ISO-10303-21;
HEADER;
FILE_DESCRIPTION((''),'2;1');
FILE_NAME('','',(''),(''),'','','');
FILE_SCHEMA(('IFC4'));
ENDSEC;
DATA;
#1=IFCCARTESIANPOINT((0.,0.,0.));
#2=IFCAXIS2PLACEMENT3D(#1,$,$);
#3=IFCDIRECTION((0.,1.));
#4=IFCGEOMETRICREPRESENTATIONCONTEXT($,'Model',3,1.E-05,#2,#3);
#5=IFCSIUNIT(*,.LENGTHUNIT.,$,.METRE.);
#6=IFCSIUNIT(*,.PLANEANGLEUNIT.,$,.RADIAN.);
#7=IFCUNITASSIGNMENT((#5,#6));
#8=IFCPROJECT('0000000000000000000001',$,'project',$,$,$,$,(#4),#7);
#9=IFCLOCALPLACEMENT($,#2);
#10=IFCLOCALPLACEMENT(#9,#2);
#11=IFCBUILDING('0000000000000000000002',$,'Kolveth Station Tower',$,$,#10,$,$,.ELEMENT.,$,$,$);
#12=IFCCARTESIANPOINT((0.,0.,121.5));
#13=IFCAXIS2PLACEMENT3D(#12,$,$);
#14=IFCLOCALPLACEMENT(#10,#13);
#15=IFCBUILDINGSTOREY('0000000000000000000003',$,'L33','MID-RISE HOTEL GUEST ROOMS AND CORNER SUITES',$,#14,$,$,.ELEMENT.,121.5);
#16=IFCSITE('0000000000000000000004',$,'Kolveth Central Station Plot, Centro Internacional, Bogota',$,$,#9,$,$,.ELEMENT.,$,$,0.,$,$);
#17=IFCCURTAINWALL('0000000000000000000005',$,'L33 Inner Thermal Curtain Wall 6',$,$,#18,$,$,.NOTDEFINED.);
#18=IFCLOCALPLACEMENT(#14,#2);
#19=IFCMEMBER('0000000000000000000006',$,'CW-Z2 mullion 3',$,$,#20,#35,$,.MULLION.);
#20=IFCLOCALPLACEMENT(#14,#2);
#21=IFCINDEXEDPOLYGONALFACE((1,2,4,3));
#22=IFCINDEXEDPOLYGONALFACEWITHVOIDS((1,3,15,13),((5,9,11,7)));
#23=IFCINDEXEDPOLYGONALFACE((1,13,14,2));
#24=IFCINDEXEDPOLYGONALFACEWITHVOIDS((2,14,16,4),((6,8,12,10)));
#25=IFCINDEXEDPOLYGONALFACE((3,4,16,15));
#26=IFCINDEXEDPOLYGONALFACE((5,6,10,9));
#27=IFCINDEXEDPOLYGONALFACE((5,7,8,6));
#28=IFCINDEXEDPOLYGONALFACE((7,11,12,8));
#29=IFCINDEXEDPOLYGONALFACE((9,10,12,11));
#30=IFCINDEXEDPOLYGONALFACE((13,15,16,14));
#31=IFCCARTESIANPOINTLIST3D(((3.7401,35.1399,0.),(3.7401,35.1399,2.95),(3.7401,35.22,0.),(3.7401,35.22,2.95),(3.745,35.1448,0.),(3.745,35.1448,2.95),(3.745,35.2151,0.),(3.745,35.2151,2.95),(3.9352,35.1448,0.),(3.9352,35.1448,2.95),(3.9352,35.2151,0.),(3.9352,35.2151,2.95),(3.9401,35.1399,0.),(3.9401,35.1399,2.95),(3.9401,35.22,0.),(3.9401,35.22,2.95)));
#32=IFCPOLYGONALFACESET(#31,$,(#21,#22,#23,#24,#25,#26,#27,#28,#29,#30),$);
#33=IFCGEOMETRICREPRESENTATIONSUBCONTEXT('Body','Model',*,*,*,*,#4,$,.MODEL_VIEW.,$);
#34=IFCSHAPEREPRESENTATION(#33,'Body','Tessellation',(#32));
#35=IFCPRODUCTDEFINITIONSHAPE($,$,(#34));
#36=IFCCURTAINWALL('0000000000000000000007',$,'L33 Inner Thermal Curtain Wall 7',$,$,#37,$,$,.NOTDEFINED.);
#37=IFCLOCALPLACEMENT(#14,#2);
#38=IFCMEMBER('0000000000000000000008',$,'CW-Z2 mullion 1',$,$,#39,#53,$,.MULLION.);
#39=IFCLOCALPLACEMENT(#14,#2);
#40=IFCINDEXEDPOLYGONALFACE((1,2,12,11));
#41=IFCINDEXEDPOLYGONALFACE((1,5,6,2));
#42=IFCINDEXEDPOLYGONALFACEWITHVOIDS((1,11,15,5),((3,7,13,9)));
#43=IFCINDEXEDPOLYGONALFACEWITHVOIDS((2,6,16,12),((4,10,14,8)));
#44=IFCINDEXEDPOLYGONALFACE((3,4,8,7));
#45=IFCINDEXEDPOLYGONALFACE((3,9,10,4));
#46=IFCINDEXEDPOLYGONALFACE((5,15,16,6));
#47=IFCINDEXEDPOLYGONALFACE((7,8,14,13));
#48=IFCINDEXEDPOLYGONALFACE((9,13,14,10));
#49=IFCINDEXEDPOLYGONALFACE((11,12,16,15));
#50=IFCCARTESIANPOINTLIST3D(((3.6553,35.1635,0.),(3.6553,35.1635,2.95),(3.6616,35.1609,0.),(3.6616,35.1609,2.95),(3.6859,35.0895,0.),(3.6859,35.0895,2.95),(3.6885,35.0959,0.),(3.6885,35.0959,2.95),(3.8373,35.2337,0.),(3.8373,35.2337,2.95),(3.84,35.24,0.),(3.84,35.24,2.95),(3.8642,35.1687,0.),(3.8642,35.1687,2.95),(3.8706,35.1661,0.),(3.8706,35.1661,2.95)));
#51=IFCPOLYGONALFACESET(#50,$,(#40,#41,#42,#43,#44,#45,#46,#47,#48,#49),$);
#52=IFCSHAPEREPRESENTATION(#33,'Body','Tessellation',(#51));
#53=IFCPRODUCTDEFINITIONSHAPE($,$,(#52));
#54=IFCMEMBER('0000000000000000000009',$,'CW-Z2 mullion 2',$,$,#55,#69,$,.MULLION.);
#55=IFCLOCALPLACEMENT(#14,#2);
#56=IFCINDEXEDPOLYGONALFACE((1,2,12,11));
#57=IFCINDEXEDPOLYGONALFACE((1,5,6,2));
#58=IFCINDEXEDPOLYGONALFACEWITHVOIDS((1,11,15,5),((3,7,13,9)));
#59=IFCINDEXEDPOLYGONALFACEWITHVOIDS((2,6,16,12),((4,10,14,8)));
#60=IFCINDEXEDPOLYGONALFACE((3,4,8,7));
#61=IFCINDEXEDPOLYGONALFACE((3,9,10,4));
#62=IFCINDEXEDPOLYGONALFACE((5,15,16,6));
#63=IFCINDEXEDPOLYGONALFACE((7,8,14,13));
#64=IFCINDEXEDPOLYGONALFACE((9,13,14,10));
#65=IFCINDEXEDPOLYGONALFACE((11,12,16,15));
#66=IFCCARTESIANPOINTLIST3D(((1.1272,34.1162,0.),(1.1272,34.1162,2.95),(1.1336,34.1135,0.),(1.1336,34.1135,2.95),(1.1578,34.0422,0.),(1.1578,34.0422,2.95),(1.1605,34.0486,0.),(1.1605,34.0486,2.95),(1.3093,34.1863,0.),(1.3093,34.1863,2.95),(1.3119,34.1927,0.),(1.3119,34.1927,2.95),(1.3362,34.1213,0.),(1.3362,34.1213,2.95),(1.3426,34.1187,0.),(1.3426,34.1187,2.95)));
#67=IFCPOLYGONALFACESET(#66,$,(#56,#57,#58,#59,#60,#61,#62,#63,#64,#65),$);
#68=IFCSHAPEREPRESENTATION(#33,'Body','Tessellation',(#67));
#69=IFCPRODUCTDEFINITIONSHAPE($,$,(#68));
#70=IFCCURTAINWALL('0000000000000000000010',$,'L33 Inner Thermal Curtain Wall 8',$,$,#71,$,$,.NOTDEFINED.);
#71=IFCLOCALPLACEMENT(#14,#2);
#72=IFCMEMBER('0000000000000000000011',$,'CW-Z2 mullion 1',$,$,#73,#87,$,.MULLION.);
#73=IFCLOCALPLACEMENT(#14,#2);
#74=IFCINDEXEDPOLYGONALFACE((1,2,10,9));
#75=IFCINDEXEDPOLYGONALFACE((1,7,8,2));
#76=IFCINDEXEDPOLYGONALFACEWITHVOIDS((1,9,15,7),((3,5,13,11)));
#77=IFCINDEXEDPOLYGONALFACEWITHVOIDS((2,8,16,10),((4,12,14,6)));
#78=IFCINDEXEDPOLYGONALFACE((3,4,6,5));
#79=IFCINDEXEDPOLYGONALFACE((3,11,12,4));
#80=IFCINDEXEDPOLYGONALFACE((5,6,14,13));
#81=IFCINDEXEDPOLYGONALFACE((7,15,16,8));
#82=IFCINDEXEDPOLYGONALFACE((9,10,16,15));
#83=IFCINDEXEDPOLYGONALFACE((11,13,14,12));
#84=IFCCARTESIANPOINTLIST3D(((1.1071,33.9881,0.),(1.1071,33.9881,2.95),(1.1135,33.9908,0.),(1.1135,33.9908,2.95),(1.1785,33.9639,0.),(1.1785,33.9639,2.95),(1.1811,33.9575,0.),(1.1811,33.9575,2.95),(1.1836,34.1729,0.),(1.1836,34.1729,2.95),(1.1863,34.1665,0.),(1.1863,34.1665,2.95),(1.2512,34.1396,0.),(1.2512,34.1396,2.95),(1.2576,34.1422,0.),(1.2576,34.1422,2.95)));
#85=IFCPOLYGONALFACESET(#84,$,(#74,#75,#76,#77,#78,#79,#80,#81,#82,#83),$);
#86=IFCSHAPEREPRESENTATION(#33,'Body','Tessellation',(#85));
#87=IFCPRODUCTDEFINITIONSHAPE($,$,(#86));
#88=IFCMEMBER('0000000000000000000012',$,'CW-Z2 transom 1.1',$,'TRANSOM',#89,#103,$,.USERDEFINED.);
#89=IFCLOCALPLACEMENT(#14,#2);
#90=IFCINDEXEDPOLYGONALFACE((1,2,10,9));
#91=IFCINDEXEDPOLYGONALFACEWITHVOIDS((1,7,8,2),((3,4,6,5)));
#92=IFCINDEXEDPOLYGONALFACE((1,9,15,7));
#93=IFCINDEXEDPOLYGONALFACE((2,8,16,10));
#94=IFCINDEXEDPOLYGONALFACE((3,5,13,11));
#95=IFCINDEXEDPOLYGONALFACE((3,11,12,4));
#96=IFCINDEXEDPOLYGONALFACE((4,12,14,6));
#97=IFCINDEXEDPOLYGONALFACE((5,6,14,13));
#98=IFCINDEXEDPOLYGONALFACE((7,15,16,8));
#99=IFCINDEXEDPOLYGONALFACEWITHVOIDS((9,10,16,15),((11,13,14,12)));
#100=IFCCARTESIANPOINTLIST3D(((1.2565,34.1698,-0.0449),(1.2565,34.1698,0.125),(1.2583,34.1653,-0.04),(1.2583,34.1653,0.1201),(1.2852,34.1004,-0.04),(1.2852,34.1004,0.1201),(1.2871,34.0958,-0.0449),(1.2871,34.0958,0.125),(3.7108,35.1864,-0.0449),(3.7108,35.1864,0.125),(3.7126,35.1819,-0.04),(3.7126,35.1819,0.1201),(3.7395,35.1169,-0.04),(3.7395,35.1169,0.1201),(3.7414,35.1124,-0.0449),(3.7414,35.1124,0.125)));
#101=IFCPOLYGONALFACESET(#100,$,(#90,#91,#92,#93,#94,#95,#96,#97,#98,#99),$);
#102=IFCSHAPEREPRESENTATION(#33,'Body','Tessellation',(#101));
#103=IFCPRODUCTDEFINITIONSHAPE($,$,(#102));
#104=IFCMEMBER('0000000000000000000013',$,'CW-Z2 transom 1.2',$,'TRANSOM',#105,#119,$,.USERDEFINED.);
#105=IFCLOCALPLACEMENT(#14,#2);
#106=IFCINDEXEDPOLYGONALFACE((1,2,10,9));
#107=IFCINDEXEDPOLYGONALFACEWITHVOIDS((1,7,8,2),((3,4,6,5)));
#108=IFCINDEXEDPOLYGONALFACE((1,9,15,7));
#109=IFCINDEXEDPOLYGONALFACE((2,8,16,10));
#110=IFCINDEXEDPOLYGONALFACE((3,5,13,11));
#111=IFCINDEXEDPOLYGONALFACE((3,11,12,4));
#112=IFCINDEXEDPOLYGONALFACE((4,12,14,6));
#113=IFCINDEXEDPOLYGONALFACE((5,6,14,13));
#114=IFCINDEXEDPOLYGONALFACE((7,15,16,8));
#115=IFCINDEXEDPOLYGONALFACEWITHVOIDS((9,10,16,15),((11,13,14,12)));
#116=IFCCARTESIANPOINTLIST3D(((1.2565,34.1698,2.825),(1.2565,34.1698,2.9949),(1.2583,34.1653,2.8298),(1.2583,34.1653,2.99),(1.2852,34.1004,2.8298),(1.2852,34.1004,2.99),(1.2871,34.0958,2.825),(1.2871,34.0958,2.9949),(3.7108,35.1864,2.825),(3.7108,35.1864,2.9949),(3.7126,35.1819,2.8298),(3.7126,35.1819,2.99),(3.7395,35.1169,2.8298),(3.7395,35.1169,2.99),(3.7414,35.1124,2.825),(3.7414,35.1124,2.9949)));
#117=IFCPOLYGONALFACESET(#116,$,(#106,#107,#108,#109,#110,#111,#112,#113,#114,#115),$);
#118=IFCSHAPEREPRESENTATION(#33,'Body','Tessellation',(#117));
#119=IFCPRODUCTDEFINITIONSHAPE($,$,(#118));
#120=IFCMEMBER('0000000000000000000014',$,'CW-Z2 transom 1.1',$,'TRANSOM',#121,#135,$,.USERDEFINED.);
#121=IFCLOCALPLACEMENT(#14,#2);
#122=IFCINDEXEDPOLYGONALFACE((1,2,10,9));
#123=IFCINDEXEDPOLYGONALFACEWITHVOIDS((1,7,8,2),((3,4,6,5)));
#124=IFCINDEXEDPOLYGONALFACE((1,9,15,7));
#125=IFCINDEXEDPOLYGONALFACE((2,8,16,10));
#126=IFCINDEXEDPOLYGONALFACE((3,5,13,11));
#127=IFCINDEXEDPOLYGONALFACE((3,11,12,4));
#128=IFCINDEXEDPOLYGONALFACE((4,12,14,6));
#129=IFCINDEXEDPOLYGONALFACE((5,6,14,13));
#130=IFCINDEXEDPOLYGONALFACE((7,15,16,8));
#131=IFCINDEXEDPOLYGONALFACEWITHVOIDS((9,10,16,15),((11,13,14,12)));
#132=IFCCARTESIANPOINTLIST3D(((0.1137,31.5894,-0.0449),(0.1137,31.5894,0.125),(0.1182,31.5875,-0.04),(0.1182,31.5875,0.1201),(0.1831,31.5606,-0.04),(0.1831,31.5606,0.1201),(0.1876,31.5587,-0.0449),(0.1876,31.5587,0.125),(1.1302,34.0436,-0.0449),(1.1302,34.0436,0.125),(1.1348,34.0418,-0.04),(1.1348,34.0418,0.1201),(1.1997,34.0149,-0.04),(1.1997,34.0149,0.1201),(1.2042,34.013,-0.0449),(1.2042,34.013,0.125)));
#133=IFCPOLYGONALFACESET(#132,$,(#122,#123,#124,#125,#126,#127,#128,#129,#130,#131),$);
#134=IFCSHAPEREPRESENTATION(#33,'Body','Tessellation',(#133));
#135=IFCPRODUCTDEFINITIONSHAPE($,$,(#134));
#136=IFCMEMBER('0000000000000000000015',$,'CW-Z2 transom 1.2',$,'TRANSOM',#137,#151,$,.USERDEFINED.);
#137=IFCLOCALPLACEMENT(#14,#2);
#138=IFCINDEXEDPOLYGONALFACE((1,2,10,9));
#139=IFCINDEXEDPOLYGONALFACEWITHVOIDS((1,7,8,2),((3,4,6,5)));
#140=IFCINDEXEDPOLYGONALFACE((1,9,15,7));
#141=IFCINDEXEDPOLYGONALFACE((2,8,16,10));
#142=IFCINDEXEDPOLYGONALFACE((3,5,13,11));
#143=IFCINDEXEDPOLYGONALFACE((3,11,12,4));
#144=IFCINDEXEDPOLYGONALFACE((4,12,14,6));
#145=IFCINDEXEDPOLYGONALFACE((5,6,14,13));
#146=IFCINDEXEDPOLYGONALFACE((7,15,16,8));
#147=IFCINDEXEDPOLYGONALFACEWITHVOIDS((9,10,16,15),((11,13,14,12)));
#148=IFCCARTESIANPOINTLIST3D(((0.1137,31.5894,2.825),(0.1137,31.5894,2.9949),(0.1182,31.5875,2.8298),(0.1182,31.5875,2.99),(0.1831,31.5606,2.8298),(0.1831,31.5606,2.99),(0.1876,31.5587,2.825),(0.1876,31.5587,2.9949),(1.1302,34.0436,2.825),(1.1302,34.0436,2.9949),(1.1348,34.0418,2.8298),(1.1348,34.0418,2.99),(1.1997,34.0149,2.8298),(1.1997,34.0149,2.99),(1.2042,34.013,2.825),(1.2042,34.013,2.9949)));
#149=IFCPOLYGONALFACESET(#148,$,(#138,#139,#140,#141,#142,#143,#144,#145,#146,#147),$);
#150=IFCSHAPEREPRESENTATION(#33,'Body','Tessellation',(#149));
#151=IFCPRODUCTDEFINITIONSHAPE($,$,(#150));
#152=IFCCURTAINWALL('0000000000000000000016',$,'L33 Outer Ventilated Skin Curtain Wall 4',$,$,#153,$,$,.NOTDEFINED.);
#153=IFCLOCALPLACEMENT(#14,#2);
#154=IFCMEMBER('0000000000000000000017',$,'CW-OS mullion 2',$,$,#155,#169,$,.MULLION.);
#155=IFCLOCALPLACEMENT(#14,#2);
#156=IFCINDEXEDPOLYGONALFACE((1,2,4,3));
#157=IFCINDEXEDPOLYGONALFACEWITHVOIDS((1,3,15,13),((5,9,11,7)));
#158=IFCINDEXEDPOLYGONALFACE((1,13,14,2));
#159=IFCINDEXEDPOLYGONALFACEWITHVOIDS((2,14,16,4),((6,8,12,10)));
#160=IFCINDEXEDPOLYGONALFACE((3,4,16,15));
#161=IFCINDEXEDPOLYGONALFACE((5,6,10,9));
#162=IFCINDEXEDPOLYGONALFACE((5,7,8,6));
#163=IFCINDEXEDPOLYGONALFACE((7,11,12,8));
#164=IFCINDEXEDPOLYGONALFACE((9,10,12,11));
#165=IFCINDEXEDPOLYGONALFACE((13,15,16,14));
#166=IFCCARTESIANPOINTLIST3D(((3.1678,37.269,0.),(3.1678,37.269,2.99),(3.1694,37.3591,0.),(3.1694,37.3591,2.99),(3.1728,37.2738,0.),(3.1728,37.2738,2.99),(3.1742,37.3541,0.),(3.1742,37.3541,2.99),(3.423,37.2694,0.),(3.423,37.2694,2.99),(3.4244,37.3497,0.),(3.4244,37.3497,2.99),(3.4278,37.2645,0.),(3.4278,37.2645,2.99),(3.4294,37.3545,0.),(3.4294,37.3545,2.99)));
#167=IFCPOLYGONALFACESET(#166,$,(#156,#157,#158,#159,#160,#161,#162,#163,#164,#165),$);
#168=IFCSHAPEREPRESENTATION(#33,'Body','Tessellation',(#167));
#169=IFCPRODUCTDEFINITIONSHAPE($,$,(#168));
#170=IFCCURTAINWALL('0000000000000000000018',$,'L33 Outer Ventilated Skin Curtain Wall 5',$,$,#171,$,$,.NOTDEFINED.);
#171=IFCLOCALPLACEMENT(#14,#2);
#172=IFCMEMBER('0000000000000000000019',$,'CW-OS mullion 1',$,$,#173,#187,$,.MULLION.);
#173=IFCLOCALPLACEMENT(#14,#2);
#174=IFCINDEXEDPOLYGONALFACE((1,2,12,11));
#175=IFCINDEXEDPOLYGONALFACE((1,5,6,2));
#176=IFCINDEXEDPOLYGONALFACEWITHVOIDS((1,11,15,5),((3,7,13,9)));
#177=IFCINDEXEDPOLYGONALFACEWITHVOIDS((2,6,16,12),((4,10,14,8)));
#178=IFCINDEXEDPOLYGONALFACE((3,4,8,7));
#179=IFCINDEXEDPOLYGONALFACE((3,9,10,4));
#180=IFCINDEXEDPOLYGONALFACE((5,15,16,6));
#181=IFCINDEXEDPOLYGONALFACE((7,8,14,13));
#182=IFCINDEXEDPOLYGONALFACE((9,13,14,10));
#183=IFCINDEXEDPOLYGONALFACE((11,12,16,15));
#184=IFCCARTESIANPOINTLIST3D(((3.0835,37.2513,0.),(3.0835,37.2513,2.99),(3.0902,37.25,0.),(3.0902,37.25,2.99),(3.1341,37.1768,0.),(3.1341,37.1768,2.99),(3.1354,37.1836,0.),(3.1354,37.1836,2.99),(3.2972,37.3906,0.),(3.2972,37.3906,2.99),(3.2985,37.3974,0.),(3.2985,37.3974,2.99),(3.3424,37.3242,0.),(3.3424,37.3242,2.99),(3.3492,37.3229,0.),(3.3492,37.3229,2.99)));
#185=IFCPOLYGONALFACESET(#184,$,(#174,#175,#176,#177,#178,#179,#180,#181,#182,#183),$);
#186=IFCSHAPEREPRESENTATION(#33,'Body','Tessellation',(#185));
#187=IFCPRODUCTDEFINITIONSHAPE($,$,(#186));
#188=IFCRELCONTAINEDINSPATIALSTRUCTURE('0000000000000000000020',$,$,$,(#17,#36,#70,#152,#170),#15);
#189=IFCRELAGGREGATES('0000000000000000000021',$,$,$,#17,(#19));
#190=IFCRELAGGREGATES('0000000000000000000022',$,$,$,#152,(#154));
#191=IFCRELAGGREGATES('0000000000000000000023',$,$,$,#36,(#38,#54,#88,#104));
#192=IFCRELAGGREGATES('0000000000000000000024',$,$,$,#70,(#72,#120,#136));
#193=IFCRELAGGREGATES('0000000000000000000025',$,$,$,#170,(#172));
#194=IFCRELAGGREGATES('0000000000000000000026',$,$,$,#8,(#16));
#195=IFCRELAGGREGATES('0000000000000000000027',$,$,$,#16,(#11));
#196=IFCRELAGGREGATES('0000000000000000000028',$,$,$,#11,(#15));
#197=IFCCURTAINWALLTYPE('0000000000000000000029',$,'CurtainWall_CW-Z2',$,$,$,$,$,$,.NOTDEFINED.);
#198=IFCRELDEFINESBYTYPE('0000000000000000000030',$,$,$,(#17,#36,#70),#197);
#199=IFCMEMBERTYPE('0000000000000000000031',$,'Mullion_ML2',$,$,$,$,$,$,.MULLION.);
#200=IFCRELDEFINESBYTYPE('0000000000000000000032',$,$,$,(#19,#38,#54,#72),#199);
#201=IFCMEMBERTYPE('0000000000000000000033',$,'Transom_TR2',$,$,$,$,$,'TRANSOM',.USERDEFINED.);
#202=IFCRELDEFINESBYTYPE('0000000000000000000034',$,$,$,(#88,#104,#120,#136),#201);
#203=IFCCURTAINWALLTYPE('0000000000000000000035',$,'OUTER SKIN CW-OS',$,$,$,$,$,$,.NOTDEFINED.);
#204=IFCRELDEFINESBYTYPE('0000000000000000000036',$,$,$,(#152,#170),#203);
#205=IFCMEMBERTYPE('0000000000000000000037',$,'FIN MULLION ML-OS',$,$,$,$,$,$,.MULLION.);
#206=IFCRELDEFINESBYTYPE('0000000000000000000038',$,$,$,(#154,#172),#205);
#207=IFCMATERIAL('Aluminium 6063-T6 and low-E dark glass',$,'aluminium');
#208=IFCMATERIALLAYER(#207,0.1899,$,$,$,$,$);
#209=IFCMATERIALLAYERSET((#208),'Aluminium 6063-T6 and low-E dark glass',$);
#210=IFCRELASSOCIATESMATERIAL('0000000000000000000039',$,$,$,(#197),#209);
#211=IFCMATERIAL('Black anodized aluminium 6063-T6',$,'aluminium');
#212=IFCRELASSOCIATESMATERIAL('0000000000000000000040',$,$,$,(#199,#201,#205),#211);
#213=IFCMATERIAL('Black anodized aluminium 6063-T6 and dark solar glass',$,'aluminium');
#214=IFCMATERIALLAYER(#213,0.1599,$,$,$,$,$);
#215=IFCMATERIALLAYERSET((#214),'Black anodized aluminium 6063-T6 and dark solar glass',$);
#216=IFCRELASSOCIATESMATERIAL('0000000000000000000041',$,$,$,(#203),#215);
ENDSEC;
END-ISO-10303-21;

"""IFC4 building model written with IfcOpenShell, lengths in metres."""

from ifc_helpers import new_model, si_unit, direction, frame, origin, origin_2d, place, context, subcontext, project, spatial, hollow_rectangle, extrude, source, transform, mapped, material, layer, layer_set, material_profile, profile_set, type_object, element, aggregate, save


model = new_model("IFC4")

# Units and contexts
model_context = context("Model", 3, precision=1e-05, world=origin(), true_north=direction((0.0, 1.0)))
body_context = subcontext(model_context, "Body", "Model", "MODEL_VIEW")
ifc_project = project(units=[si_unit("LENGTHUNIT", "METRE"), si_unit("PLANEANGLEUNIT", "RADIAN")], contexts=[model_context])

# Site, building, storey
site_placement = place(None, origin())
site = spatial("IfcSite", under=ifc_project, at=site_placement, Name="Kolveth Central Station Plot, Centro Internacional, Bogota", CompositionType="ELEMENT", RefElevation=0.0)
building_placement = place(site_placement, origin())
building = spatial("IfcBuilding", under=site, at=building_placement, Name="Kolveth Station Tower", CompositionType="ELEMENT")
storey_placement = place(building_placement, frame((0.0, 0.0, 121.5)))
storey = spatial("IfcBuildingStorey", under=building, at=storey_placement, Name="L33", Description="MID-RISE HOTEL GUEST ROOMS AND CORNER SUITES", CompositionType="ELEMENT", Elevation=121.5)

# Curtain wall, member
ifc_material_1 = material(Name="Aluminium 6063-T6 and low-E dark glass", Category="aluminium")
ifc_layer_1 = layer(ifc_material_1, 0.1899)
ifc_layer_set_1 = layer_set([ifc_layer_1], Name="Aluminium 6063-T6 and low-E dark glass")
curtain_wall_type_1 = type_object("IfcCurtainWallType", Name="CurtainWall_CW-Z2", PredefinedType="NOTDEFINED", material=ifc_layer_set_1)
curtain_wall_1_placement = place(storey_placement, origin())
curtain_wall_1 = element("IfcCurtainWall", 1, at=curtain_wall_1_placement, inside=storey, type_object=curtain_wall_type_1, Name="L33 Inner Thermal Curtain Wall 6", PredefinedType="NOTDEFINED")
ifc_material_2 = material(Name="Black anodized aluminium 6063-T6", Category="aluminium")
ifc_material_profile_1 = material_profile(ifc_material_2, hollow_rectangle(XDim=0.0801, YDim=0.2, WallThickness=0.0049, at=origin_2d()), Name="ALU-80x200x5")
ifc_profile_set_1 = profile_set([ifc_material_profile_1], Name="Black anodized aluminium 6063-T6")
member_type_1 = type_object("IfcMemberType", Name="Mullion_ML2", PredefinedType="MULLION", material=ifc_profile_set_1)
shared_shape_1 = source(origin(), body_context, "Body", "SweptSolid", [
    extrude(hollow_rectangle(XDim=0.0801, YDim=0.2, WallThickness=0.0049, at=origin_2d()), origin(), (0.0, 0.0, 1.0), 2.95),
])
member_1_placement = place(storey_placement, frame((3.8401, 35.1799, 0.0), z_axis=(0.0, 0.0, 1.0), x_axis=(0.0, -1.0, 0.0)))
member_1 = element("IfcMember", 2, at=member_1_placement, type_object=member_type_1, Name="CW-Z2 mullion 3", PredefinedType="MULLION", context=body_context, shape_type="MappedRepresentation", body=[
    mapped(shared_shape_1, transform((0.0, 0.0, 0.0), x_axis=(1.0, 0.0, 0.0), y_axis=(0.0, 1.0, 0.0), z_axis=(0.0, 0.0, 1.0), scale=1.0)),
])
aggregate(curtain_wall_1, [member_1])

# Curtain wall, members
curtain_wall_2_placement = place(storey_placement, origin())
curtain_wall_2 = element("IfcCurtainWall", 3, at=curtain_wall_2_placement, inside=storey, type_object=curtain_wall_type_1, Name="L33 Inner Thermal Curtain Wall 7", PredefinedType="NOTDEFINED")
member_2_placement = place(storey_placement, frame((3.7629, 35.1648, 0.0), z_axis=(0.0, 0.0, 1.0), x_axis=(0.382663, -0.923888, 0.0)))
member_2 = element("IfcMember", 4, at=member_2_placement, type_object=member_type_1, Name="CW-Z2 mullion 1", PredefinedType="MULLION", context=body_context, shape_type="MappedRepresentation", body=[
    mapped(shared_shape_1, transform((0.0, 0.0, 0.0), x_axis=(1.0, 0.0, 0.0), y_axis=(0.0, 1.0, 0.0), z_axis=(0.0, 0.0, 1.0), scale=1.0)),
])
member_3_placement = place(storey_placement, frame((1.2349, 34.1174, 0.0), z_axis=(0.0, 0.0, 1.0), x_axis=(0.382663, -0.923888, 0.0)))
member_3 = element("IfcMember", 5, at=member_3_placement, type_object=member_type_1, Name="CW-Z2 mullion 2", PredefinedType="MULLION", context=body_context, shape_type="MappedRepresentation", body=[
    mapped(shared_shape_1, transform((0.0, 0.0, 0.0), x_axis=(1.0, 0.0, 0.0), y_axis=(0.0, 1.0, 0.0), z_axis=(0.0, 0.0, 1.0), scale=1.0)),
])

# Curtain wall, member
curtain_wall_3_placement = place(storey_placement, origin())
curtain_wall_3 = element("IfcCurtainWall", 6, at=curtain_wall_3_placement, inside=storey, type_object=curtain_wall_type_1, Name="L33 Inner Thermal Curtain Wall 8", PredefinedType="NOTDEFINED")
member_4_placement = place(storey_placement, frame((1.1824, 34.0652, 0.0), z_axis=(0.0, 0.0, 1.0), x_axis=(0.923888, -0.382663, 0.0)))
member_4 = element("IfcMember", 7, at=member_4_placement, type_object=member_type_1, Name="CW-Z2 mullion 1", PredefinedType="MULLION", context=body_context, shape_type="MappedRepresentation", body=[
    mapped(shared_shape_1, transform((0.0, 0.0, 0.0), x_axis=(1.0, 0.0, 0.0), y_axis=(0.0, 1.0, 0.0), z_axis=(0.0, 0.0, 1.0), scale=1.0)),
])

# Members
ifc_material_profile_2 = material_profile(ifc_material_2, hollow_rectangle(XDim=0.0801, YDim=0.1699, WallThickness=0.0049, at=origin_2d()), Name="ALU-80x170x5")
ifc_profile_set_2 = profile_set([ifc_material_profile_2], Name="Black anodized aluminium 6063-T6")
member_type_2 = type_object("IfcMemberType", Name="Transom_TR2", ElementType="TRANSOM", PredefinedType="USERDEFINED", material=ifc_profile_set_2)
shared_shape_2 = source(origin(), body_context, "Body", "SweptSolid", [
    extrude(hollow_rectangle(XDim=0.0801, YDim=0.1699, WallThickness=0.0049, at=origin_2d()), origin(), (0.0, 0.0, 1.0), 2.6565),
])
member_5_placement = place(storey_placement, frame((3.7261, 35.1494, 0.04), z_axis=(-0.923882, -0.382676, 0.0), x_axis=(0.382676, -0.923882, 0.0)))
member_5 = element("IfcMember", 8, at=member_5_placement, type_object=member_type_2, Name="CW-Z2 transom 1.1", ObjectType="TRANSOM", PredefinedType="USERDEFINED", context=body_context, shape_type="MappedRepresentation", body=[
    mapped(shared_shape_2, transform((0.0, 0.0, 0.0), x_axis=(1.0, 0.0, 0.0), y_axis=(0.0, 1.0, 0.0), z_axis=(0.0, 0.0, 1.0), scale=1.0)),
])
member_6_placement = place(storey_placement, frame((3.7261, 35.1494, 2.9099), z_axis=(-0.923882, -0.382676, 0.0), x_axis=(0.382676, -0.923882, 0.0)))
member_6 = element("IfcMember", 9, at=member_6_placement, type_object=member_type_2, Name="CW-Z2 transom 1.2", ObjectType="TRANSOM", PredefinedType="USERDEFINED", context=body_context, shape_type="MappedRepresentation", body=[
    mapped(shared_shape_2, transform((0.0, 0.0, 0.0), x_axis=(1.0, 0.0, 0.0), y_axis=(0.0, 1.0, 0.0), z_axis=(0.0, 0.0, 1.0), scale=1.0)),
])
member_7_placement = place(storey_placement, frame((1.1672, 34.0283, 0.04), z_axis=(-0.382676, -0.923882, 0.0), x_axis=(0.923882, -0.382676, 0.0)))
member_7 = element("IfcMember", 10, at=member_7_placement, type_object=member_type_2, Name="CW-Z2 transom 1.1", ObjectType="TRANSOM", PredefinedType="USERDEFINED", context=body_context, shape_type="MappedRepresentation", body=[
    mapped(shared_shape_2, transform((0.0, 0.0, 0.0), x_axis=(1.0, 0.0, 0.0), y_axis=(0.0, 1.0, 0.0), z_axis=(0.0, 0.0, 1.0), scale=1.0)),
])
member_8_placement = place(storey_placement, frame((1.1672, 34.0283, 2.9099), z_axis=(-0.382676, -0.923882, 0.0), x_axis=(0.923882, -0.382676, 0.0)))
member_8 = element("IfcMember", 11, at=member_8_placement, type_object=member_type_2, Name="CW-Z2 transom 1.2", ObjectType="TRANSOM", PredefinedType="USERDEFINED", context=body_context, shape_type="MappedRepresentation", body=[
    mapped(shared_shape_2, transform((0.0, 0.0, 0.0), x_axis=(1.0, 0.0, 0.0), y_axis=(0.0, 1.0, 0.0), z_axis=(0.0, 0.0, 1.0), scale=1.0)),
])

# Curtain wall, member
ifc_material_3 = material(Name="Black anodized aluminium 6063-T6 and dark solar glass", Category="aluminium")
ifc_layer_2 = layer(ifc_material_3, 0.1599)
ifc_layer_set_2 = layer_set([ifc_layer_2], Name="Black anodized aluminium 6063-T6 and dark solar glass")
curtain_wall_type_2 = type_object("IfcCurtainWallType", Name="OUTER SKIN CW-OS", PredefinedType="NOTDEFINED", material=ifc_layer_set_2)
curtain_wall_4_placement = place(storey_placement, origin())
curtain_wall_4 = element("IfcCurtainWall", 12, at=curtain_wall_4_placement, inside=storey, type_object=curtain_wall_type_2, Name="L33 Outer Ventilated Skin Curtain Wall 4", PredefinedType="NOTDEFINED")
ifc_material_profile_3 = material_profile(ifc_material_2, hollow_rectangle(XDim=0.0901, YDim=0.26, WallThickness=0.0049, at=origin_2d()), Name="ALU-90x260x5")
ifc_profile_set_3 = profile_set([ifc_material_profile_3], Name="Black anodized aluminium 6063-T6")
member_type_3 = type_object("IfcMemberType", Name="FIN MULLION ML-OS", PredefinedType="MULLION", material=ifc_profile_set_3)
shared_shape_3 = source(origin(), body_context, "Body", "SweptSolid", [
    extrude(hollow_rectangle(XDim=0.0901, YDim=0.26, WallThickness=0.0049, at=origin_2d()), origin(), (0.0, 0.0, 1.0), 2.99),
])
member_9_placement = place(storey_placement, frame((3.2986, 37.3118, 0.0), z_axis=(0.0, 0.0, 1.0), x_axis=(-0.017367, -0.999849, 0.0)))
member_9 = element("IfcMember", 13, at=member_9_placement, type_object=member_type_3, Name="CW-OS mullion 2", PredefinedType="MULLION", context=body_context, shape_type="MappedRepresentation", body=[
    mapped(shared_shape_3, transform((0.0, 0.0, 0.0), x_axis=(1.0, 0.0, 0.0), y_axis=(0.0, 1.0, 0.0), z_axis=(0.0, 0.0, 1.0), scale=1.0)),
])
aggregate(curtain_wall_4, [member_9])

# Curtain wall, member
curtain_wall_5_placement = place(storey_placement, origin())
curtain_wall_5 = element("IfcCurtainWall", 14, at=curtain_wall_5_placement, inside=storey, type_object=curtain_wall_type_2, Name="L33 Outer Ventilated Skin Curtain Wall 5", PredefinedType="NOTDEFINED")
member_10_placement = place(storey_placement, frame((3.2163, 37.2871, 0.0), z_axis=(0.0, 0.0, 1.0), x_axis=(0.56193, -0.827185, 0.0)))
member_10 = element("IfcMember", 15, at=member_10_placement, type_object=member_type_3, Name="CW-OS mullion 1", PredefinedType="MULLION", context=body_context, shape_type="MappedRepresentation", body=[
    mapped(shared_shape_3, transform((0.0, 0.0, 0.0), x_axis=(1.0, 0.0, 0.0), y_axis=(0.0, 1.0, 0.0), z_axis=(0.0, 0.0, 1.0), scale=1.0)),
])

aggregate(curtain_wall_2, [member_2, member_3, member_5, member_6])
aggregate(curtain_wall_3, [member_4, member_7, member_8])
aggregate(curtain_wall_5, [member_10])

save(model, "model.ifc")
